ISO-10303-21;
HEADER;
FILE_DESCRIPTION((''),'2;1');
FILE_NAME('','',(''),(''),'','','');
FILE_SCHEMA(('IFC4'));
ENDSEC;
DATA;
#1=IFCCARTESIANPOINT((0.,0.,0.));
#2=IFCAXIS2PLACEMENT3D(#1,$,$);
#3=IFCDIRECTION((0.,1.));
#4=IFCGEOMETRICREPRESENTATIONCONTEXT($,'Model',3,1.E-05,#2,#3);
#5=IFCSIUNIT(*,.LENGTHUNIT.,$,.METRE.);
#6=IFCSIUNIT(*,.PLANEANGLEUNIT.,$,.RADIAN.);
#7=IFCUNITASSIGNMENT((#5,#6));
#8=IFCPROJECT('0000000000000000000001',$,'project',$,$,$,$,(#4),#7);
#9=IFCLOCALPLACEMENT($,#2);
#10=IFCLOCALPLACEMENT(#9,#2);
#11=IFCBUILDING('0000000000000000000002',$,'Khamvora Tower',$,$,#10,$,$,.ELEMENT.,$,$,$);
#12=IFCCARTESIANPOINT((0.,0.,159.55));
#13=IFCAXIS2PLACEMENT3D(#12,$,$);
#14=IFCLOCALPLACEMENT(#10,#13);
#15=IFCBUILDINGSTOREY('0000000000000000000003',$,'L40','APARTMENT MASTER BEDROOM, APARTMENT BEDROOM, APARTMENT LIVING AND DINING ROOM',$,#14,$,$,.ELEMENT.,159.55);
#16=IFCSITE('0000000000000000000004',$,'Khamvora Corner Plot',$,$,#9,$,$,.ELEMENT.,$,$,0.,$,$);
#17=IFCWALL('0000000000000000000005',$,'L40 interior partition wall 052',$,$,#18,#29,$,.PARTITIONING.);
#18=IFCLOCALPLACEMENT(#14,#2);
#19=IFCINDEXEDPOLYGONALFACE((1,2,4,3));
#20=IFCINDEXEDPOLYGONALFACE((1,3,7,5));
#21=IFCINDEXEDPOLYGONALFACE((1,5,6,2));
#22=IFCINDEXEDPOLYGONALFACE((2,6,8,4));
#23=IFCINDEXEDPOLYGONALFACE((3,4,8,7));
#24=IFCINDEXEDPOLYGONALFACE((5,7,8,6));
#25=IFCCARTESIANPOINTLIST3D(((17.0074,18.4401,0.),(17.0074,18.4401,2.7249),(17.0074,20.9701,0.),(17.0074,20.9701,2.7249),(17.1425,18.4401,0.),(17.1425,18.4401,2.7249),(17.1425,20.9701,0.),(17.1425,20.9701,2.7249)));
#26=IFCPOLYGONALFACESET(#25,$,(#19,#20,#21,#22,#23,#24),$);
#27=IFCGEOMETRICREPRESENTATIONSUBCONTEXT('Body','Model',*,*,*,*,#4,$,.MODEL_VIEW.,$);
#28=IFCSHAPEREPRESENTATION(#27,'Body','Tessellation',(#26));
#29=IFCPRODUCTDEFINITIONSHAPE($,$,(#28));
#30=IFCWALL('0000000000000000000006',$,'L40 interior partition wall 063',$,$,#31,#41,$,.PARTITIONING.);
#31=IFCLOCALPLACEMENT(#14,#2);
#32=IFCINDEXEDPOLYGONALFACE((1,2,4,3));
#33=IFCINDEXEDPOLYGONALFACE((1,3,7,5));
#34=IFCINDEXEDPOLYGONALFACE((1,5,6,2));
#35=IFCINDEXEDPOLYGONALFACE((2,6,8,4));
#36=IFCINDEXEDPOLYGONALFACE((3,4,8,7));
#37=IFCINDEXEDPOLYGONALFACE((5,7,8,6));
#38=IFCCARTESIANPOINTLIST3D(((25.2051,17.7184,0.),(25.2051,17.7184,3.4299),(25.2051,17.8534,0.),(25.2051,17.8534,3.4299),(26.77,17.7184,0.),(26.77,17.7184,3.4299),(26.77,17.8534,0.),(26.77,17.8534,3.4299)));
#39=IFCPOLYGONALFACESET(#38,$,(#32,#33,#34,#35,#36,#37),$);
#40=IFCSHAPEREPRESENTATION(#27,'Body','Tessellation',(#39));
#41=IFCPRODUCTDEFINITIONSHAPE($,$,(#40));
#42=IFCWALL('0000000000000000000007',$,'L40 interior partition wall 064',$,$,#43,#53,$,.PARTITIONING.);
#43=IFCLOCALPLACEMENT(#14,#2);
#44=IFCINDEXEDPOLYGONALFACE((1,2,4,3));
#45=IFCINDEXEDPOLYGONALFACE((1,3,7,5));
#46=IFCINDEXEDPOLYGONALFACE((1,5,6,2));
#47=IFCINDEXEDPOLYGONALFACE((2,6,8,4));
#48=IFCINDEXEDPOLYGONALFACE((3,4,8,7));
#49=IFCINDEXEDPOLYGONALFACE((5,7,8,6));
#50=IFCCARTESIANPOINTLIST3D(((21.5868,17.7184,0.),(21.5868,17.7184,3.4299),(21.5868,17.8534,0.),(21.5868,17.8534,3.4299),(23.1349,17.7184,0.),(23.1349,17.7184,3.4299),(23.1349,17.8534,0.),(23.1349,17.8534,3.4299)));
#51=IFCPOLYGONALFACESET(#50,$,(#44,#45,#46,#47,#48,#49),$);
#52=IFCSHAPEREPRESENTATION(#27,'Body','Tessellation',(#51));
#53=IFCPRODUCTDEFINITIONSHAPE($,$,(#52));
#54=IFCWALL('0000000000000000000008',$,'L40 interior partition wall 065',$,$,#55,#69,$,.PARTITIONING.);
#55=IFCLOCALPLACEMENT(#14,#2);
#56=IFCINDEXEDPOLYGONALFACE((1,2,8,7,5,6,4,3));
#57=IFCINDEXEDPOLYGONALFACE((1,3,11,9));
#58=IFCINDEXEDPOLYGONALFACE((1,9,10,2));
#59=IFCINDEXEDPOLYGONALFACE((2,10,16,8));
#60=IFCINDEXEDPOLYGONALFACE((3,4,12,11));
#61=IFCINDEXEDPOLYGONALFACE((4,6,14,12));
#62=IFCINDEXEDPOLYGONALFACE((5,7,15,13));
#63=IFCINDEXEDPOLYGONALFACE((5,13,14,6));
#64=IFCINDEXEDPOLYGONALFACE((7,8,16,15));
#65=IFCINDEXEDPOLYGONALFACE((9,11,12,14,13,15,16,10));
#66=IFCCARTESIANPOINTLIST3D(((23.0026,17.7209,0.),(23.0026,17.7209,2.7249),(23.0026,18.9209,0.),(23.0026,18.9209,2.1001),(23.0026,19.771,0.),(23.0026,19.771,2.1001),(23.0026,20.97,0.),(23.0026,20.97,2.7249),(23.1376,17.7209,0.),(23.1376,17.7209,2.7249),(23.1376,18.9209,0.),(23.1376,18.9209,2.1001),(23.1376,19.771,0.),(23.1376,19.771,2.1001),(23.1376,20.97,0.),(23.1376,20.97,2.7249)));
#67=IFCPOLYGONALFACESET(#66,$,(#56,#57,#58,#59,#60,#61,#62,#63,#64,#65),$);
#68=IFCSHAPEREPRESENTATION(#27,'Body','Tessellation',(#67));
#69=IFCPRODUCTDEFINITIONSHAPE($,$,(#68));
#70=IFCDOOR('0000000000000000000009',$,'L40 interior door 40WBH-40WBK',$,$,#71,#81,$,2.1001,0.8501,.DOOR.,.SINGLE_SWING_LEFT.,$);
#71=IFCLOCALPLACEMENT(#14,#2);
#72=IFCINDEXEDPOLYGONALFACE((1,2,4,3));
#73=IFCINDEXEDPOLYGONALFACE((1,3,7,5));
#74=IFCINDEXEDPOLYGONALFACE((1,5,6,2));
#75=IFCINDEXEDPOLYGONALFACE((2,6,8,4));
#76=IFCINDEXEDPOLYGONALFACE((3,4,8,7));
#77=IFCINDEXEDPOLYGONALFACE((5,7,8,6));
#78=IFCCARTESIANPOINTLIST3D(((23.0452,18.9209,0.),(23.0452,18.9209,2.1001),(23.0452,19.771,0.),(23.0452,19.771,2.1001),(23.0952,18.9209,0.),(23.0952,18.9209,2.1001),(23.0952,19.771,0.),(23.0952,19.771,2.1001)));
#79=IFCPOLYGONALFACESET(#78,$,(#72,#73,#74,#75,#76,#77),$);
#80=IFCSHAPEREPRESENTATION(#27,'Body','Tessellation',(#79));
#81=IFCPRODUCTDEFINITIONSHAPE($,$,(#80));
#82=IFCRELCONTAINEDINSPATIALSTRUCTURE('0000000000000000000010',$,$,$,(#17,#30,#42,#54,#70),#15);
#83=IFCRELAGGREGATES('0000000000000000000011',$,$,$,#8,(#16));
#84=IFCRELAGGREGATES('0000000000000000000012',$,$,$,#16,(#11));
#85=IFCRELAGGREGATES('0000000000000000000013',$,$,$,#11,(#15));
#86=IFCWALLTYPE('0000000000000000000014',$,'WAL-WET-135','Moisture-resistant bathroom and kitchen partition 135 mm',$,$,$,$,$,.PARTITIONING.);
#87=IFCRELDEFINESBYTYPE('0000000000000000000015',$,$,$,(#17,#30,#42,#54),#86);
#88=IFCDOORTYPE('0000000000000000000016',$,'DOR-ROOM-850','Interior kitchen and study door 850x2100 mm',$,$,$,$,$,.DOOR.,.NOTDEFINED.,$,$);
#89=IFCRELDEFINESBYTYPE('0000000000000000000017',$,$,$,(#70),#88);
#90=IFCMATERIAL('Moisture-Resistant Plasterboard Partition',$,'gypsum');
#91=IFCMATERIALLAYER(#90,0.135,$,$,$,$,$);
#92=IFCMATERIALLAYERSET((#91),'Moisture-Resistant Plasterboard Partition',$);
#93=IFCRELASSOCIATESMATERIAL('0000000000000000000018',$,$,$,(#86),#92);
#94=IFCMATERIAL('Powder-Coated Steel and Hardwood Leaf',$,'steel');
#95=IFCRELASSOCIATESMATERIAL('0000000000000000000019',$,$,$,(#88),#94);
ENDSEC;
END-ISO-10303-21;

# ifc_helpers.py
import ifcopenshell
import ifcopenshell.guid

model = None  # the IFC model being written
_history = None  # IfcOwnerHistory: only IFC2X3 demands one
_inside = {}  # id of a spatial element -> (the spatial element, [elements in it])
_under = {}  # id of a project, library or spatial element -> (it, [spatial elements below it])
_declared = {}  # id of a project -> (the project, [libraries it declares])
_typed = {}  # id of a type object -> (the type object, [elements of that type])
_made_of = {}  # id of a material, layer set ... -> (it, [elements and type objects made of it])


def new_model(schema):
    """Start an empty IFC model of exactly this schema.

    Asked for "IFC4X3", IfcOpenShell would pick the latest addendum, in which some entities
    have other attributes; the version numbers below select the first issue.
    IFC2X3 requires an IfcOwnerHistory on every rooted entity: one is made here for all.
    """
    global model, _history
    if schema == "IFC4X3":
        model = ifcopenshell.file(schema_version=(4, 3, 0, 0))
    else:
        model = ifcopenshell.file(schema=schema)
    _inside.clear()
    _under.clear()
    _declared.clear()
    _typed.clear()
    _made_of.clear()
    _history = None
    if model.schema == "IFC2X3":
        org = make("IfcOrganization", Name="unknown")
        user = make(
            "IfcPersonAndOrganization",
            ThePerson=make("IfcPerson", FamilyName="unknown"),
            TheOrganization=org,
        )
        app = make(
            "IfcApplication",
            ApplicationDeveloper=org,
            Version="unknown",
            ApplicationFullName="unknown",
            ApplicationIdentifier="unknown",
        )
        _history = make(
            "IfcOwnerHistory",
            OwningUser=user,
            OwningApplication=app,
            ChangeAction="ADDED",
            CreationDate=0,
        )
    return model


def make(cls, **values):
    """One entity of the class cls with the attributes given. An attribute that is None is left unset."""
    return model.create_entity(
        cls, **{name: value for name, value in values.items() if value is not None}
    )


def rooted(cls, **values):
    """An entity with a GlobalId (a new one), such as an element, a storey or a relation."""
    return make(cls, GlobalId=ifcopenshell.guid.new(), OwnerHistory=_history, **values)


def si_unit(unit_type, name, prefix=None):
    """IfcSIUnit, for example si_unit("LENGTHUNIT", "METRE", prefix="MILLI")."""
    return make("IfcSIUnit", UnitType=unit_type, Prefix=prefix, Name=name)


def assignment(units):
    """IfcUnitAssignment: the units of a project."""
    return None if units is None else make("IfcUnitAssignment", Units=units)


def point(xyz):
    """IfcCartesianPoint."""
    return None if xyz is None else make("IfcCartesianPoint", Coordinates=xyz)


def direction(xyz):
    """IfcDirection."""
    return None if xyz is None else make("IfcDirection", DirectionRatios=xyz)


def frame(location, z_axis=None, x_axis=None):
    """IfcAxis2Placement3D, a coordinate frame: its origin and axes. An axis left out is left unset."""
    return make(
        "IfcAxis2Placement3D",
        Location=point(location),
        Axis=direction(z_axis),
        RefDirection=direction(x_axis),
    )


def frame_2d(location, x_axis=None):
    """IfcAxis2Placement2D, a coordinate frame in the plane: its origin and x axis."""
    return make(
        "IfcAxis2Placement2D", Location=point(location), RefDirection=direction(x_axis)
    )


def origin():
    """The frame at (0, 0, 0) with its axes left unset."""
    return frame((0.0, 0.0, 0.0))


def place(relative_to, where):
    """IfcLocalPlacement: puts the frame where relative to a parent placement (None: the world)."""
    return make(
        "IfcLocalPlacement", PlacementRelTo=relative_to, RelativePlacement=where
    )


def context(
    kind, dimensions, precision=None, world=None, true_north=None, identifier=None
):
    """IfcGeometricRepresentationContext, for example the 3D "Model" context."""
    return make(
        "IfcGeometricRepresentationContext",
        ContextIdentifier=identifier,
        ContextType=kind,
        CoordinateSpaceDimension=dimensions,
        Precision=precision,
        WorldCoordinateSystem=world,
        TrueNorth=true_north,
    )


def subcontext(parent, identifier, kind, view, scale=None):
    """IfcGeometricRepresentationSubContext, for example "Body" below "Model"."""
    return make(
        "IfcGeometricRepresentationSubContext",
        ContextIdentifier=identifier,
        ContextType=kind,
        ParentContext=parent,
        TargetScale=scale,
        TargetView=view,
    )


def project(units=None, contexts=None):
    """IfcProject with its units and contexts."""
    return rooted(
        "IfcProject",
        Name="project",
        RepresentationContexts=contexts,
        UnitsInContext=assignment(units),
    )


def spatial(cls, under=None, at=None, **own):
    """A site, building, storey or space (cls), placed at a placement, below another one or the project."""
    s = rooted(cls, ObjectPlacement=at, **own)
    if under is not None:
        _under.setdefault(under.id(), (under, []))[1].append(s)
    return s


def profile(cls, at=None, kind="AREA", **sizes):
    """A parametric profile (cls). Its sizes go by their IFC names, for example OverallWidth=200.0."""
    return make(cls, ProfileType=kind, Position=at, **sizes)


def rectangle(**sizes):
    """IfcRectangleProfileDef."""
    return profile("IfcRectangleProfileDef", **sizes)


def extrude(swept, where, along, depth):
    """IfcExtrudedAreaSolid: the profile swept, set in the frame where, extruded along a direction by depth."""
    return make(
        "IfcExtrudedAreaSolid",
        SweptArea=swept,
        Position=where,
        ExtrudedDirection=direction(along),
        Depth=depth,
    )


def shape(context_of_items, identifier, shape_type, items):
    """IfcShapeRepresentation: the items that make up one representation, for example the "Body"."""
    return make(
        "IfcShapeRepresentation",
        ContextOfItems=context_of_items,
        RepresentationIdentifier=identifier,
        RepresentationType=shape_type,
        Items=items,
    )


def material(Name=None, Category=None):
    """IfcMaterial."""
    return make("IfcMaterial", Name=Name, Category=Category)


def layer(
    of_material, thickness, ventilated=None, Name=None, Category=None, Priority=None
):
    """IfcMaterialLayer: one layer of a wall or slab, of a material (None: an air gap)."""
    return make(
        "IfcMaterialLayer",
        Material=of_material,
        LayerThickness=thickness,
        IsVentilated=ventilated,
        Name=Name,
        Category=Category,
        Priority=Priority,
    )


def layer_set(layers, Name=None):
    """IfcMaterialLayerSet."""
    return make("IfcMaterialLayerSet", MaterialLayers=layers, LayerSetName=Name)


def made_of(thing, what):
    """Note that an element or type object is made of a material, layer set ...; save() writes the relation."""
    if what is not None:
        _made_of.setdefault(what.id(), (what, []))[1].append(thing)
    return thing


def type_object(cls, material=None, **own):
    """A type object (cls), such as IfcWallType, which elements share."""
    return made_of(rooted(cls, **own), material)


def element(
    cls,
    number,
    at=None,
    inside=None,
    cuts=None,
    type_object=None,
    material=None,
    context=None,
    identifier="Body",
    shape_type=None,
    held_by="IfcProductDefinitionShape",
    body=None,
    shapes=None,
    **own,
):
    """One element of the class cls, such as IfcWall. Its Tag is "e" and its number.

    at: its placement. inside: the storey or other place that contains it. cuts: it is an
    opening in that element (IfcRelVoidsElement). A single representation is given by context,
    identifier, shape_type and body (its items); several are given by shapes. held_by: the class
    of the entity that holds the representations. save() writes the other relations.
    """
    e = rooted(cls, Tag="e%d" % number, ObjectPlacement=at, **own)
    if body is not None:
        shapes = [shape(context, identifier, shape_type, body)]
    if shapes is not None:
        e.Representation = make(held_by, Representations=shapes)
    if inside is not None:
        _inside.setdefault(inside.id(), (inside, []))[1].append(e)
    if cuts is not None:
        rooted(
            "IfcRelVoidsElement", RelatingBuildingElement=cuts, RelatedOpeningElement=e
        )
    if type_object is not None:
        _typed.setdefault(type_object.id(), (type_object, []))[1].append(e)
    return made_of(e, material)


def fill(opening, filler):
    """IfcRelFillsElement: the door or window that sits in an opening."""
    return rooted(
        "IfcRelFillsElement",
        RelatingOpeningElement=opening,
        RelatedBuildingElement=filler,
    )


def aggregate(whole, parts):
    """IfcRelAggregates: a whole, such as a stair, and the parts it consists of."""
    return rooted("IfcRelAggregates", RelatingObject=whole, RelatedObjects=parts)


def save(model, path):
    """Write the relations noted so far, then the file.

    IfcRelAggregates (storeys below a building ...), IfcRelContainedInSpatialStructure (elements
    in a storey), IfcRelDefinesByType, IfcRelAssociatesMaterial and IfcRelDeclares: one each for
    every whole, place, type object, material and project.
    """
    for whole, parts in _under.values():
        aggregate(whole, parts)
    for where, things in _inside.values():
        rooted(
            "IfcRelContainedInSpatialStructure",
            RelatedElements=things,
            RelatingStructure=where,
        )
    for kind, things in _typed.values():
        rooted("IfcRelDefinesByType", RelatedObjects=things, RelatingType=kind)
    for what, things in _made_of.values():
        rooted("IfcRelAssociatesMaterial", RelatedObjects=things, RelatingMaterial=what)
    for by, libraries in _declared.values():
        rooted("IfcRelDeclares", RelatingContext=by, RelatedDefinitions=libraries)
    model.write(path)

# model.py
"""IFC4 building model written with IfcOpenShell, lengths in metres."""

from ifc_helpers import new_model, si_unit, direction, frame, frame_2d, origin, place, context, subcontext, project, spatial, rectangle, extrude, material, layer, layer_set, type_object, element, fill, save


model = new_model("IFC4")

# Units and contexts
model_context = context("Model", 3, precision=1e-05, world=origin(), true_north=direction((0.0, 1.0)))
body_context = subcontext(model_context, "Body", "Model", "MODEL_VIEW")
ifc_project = project(units=[si_unit("LENGTHUNIT", "METRE"), si_unit("PLANEANGLEUNIT", "RADIAN")], contexts=[model_context])

# Site, building, storey
site_placement = place(None, origin())
site = spatial("IfcSite", under=ifc_project, at=site_placement, Name="Khamvora Corner Plot", CompositionType="ELEMENT", RefElevation=0.0)
building_placement = place(site_placement, origin())
building = spatial("IfcBuilding", under=site, at=building_placement, Name="Khamvora Tower", CompositionType="ELEMENT")
storey_placement = place(building_placement, frame((0.0, 0.0, 159.55)))
storey = spatial("IfcBuildingStorey", under=building, at=storey_placement, Name="L40", Description="APARTMENT MASTER BEDROOM, APARTMENT BEDROOM, APARTMENT LIVING AND DINING ROOM", CompositionType="ELEMENT", Elevation=159.55)

# Shared definitions
ifc_material_1 = material(Name="Powder-Coated Steel and Hardwood Leaf", Category="steel")
ifc_material_2 = material(Name="Moisture-Resistant Plasterboard Partition", Category="gypsum")
ifc_layer_1 = layer(ifc_material_2, 0.135)
ifc_layer_set_1 = layer_set([ifc_layer_1], Name="Moisture-Resistant Plasterboard Partition")
wall_type_1 = type_object("IfcWallType", Name="WAL-WET-135", Description="Moisture-resistant bathroom and kitchen partition 135 mm", PredefinedType="PARTITIONING", material=ifc_layer_set_1)

# Walls
wall_1_placement = place(storey_placement, frame((17.075, 18.4399, 0.0), z_axis=(0.0, 0.0, 1.0), x_axis=(0.0, 1.0, 0.0)))
element("IfcWall", 1, at=wall_1_placement, inside=storey, type_object=wall_type_1, Name="L40 interior partition wall 052", PredefinedType="PARTITIONING", context=body_context, shape_type="SweptSolid", body=[
    extrude(rectangle(XDim=2.53, YDim=0.135, at=frame_2d((1.2651, 0.0))), origin(), (0.0, 0.0, 1.0), 2.7249),
])
wall_2_placement = place(storey_placement, frame((25.2051, 17.7859, 0.0), z_axis=(0.0, 0.0, 1.0), x_axis=(1.0, 0.0, 0.0)))
element("IfcWall", 2, at=wall_2_placement, inside=storey, type_object=wall_type_1, Name="L40 interior partition wall 063", PredefinedType="PARTITIONING", context=body_context, shape_type="SweptSolid", body=[
    extrude(rectangle(XDim=1.5649, YDim=0.135, at=frame_2d((0.7825, 0.0))), origin(), (0.0, 0.0, 1.0), 3.4299),
])
wall_3_placement = place(storey_placement, frame((21.5869, 17.7859, 0.0), z_axis=(0.0, 0.0, 1.0), x_axis=(1.0, 0.0, 0.0)))
element("IfcWall", 3, at=wall_3_placement, inside=storey, type_object=wall_type_1, Name="L40 interior partition wall 064", PredefinedType="PARTITIONING", context=body_context, shape_type="SweptSolid", body=[
    extrude(rectangle(XDim=1.5481, YDim=0.135, at=frame_2d((0.7739, 0.0))), origin(), (0.0, 0.0, 1.0), 3.4299),
])

# Wall, opening, door
wall_4_placement = place(storey_placement, frame((23.0701, 17.7209, 0.0), z_axis=(0.0, 0.0, 1.0), x_axis=(0.0, 1.0, 0.0)))
wall_4 = element("IfcWall", 4, at=wall_4_placement, inside=storey, type_object=wall_type_1, Name="L40 interior partition wall 065", PredefinedType="PARTITIONING", context=body_context, shape_type="SweptSolid", body=[
    extrude(rectangle(XDim=3.249, YDim=0.135, at=frame_2d((1.6245, 0.0))), origin(), (0.0, 0.0, 1.0), 2.7249),
])
opening_1_placement = place(wall_4_placement, frame((1.2, 0.0, 0.0)))
opening_1 = element("IfcOpeningElement", 5, at=opening_1_placement, cuts=wall_4, PredefinedType="OPENING", context=body_context, shape_type="SweptSolid", body=[
    extrude(rectangle(XDim=0.8501, YDim=2.1001, at=frame_2d((0.425, 1.05))), frame((0.0, 0.0774, 0.0), z_axis=(0.0, -1.0, 0.0), x_axis=(1.0, 0.0, 0.0)), (0.0, 0.0, 1.0), 0.155),
])
door_type_1 = type_object("IfcDoorType", Name="DOR-ROOM-850", Description="Interior kitchen and study door 850x2100 mm", OperationType="NOTDEFINED", PredefinedType="DOOR", material=ifc_material_1)
door_1_placement = place(opening_1_placement, origin())
door_1 = element("IfcDoor", 6, at=door_1_placement, inside=storey, type_object=door_type_1, Name="L40 interior door 40WBH-40WBK", OperationType="SINGLE_SWING_LEFT", OverallHeight=2.1001, OverallWidth=0.8501, PredefinedType="DOOR", context=body_context, shape_type="SweptSolid", body=[
    extrude(rectangle(XDim=0.8501, YDim=2.1001, at=frame_2d((0.425, 1.05))), frame((0.0, 0.0249, 0.0), z_axis=(0.0, -1.0, 0.0), x_axis=(1.0, 0.0, 0.0)), (0.0, 0.0, 1.0), 0.05),
])
fill(opening_1, door_1)

save(model, "model.ifc")
